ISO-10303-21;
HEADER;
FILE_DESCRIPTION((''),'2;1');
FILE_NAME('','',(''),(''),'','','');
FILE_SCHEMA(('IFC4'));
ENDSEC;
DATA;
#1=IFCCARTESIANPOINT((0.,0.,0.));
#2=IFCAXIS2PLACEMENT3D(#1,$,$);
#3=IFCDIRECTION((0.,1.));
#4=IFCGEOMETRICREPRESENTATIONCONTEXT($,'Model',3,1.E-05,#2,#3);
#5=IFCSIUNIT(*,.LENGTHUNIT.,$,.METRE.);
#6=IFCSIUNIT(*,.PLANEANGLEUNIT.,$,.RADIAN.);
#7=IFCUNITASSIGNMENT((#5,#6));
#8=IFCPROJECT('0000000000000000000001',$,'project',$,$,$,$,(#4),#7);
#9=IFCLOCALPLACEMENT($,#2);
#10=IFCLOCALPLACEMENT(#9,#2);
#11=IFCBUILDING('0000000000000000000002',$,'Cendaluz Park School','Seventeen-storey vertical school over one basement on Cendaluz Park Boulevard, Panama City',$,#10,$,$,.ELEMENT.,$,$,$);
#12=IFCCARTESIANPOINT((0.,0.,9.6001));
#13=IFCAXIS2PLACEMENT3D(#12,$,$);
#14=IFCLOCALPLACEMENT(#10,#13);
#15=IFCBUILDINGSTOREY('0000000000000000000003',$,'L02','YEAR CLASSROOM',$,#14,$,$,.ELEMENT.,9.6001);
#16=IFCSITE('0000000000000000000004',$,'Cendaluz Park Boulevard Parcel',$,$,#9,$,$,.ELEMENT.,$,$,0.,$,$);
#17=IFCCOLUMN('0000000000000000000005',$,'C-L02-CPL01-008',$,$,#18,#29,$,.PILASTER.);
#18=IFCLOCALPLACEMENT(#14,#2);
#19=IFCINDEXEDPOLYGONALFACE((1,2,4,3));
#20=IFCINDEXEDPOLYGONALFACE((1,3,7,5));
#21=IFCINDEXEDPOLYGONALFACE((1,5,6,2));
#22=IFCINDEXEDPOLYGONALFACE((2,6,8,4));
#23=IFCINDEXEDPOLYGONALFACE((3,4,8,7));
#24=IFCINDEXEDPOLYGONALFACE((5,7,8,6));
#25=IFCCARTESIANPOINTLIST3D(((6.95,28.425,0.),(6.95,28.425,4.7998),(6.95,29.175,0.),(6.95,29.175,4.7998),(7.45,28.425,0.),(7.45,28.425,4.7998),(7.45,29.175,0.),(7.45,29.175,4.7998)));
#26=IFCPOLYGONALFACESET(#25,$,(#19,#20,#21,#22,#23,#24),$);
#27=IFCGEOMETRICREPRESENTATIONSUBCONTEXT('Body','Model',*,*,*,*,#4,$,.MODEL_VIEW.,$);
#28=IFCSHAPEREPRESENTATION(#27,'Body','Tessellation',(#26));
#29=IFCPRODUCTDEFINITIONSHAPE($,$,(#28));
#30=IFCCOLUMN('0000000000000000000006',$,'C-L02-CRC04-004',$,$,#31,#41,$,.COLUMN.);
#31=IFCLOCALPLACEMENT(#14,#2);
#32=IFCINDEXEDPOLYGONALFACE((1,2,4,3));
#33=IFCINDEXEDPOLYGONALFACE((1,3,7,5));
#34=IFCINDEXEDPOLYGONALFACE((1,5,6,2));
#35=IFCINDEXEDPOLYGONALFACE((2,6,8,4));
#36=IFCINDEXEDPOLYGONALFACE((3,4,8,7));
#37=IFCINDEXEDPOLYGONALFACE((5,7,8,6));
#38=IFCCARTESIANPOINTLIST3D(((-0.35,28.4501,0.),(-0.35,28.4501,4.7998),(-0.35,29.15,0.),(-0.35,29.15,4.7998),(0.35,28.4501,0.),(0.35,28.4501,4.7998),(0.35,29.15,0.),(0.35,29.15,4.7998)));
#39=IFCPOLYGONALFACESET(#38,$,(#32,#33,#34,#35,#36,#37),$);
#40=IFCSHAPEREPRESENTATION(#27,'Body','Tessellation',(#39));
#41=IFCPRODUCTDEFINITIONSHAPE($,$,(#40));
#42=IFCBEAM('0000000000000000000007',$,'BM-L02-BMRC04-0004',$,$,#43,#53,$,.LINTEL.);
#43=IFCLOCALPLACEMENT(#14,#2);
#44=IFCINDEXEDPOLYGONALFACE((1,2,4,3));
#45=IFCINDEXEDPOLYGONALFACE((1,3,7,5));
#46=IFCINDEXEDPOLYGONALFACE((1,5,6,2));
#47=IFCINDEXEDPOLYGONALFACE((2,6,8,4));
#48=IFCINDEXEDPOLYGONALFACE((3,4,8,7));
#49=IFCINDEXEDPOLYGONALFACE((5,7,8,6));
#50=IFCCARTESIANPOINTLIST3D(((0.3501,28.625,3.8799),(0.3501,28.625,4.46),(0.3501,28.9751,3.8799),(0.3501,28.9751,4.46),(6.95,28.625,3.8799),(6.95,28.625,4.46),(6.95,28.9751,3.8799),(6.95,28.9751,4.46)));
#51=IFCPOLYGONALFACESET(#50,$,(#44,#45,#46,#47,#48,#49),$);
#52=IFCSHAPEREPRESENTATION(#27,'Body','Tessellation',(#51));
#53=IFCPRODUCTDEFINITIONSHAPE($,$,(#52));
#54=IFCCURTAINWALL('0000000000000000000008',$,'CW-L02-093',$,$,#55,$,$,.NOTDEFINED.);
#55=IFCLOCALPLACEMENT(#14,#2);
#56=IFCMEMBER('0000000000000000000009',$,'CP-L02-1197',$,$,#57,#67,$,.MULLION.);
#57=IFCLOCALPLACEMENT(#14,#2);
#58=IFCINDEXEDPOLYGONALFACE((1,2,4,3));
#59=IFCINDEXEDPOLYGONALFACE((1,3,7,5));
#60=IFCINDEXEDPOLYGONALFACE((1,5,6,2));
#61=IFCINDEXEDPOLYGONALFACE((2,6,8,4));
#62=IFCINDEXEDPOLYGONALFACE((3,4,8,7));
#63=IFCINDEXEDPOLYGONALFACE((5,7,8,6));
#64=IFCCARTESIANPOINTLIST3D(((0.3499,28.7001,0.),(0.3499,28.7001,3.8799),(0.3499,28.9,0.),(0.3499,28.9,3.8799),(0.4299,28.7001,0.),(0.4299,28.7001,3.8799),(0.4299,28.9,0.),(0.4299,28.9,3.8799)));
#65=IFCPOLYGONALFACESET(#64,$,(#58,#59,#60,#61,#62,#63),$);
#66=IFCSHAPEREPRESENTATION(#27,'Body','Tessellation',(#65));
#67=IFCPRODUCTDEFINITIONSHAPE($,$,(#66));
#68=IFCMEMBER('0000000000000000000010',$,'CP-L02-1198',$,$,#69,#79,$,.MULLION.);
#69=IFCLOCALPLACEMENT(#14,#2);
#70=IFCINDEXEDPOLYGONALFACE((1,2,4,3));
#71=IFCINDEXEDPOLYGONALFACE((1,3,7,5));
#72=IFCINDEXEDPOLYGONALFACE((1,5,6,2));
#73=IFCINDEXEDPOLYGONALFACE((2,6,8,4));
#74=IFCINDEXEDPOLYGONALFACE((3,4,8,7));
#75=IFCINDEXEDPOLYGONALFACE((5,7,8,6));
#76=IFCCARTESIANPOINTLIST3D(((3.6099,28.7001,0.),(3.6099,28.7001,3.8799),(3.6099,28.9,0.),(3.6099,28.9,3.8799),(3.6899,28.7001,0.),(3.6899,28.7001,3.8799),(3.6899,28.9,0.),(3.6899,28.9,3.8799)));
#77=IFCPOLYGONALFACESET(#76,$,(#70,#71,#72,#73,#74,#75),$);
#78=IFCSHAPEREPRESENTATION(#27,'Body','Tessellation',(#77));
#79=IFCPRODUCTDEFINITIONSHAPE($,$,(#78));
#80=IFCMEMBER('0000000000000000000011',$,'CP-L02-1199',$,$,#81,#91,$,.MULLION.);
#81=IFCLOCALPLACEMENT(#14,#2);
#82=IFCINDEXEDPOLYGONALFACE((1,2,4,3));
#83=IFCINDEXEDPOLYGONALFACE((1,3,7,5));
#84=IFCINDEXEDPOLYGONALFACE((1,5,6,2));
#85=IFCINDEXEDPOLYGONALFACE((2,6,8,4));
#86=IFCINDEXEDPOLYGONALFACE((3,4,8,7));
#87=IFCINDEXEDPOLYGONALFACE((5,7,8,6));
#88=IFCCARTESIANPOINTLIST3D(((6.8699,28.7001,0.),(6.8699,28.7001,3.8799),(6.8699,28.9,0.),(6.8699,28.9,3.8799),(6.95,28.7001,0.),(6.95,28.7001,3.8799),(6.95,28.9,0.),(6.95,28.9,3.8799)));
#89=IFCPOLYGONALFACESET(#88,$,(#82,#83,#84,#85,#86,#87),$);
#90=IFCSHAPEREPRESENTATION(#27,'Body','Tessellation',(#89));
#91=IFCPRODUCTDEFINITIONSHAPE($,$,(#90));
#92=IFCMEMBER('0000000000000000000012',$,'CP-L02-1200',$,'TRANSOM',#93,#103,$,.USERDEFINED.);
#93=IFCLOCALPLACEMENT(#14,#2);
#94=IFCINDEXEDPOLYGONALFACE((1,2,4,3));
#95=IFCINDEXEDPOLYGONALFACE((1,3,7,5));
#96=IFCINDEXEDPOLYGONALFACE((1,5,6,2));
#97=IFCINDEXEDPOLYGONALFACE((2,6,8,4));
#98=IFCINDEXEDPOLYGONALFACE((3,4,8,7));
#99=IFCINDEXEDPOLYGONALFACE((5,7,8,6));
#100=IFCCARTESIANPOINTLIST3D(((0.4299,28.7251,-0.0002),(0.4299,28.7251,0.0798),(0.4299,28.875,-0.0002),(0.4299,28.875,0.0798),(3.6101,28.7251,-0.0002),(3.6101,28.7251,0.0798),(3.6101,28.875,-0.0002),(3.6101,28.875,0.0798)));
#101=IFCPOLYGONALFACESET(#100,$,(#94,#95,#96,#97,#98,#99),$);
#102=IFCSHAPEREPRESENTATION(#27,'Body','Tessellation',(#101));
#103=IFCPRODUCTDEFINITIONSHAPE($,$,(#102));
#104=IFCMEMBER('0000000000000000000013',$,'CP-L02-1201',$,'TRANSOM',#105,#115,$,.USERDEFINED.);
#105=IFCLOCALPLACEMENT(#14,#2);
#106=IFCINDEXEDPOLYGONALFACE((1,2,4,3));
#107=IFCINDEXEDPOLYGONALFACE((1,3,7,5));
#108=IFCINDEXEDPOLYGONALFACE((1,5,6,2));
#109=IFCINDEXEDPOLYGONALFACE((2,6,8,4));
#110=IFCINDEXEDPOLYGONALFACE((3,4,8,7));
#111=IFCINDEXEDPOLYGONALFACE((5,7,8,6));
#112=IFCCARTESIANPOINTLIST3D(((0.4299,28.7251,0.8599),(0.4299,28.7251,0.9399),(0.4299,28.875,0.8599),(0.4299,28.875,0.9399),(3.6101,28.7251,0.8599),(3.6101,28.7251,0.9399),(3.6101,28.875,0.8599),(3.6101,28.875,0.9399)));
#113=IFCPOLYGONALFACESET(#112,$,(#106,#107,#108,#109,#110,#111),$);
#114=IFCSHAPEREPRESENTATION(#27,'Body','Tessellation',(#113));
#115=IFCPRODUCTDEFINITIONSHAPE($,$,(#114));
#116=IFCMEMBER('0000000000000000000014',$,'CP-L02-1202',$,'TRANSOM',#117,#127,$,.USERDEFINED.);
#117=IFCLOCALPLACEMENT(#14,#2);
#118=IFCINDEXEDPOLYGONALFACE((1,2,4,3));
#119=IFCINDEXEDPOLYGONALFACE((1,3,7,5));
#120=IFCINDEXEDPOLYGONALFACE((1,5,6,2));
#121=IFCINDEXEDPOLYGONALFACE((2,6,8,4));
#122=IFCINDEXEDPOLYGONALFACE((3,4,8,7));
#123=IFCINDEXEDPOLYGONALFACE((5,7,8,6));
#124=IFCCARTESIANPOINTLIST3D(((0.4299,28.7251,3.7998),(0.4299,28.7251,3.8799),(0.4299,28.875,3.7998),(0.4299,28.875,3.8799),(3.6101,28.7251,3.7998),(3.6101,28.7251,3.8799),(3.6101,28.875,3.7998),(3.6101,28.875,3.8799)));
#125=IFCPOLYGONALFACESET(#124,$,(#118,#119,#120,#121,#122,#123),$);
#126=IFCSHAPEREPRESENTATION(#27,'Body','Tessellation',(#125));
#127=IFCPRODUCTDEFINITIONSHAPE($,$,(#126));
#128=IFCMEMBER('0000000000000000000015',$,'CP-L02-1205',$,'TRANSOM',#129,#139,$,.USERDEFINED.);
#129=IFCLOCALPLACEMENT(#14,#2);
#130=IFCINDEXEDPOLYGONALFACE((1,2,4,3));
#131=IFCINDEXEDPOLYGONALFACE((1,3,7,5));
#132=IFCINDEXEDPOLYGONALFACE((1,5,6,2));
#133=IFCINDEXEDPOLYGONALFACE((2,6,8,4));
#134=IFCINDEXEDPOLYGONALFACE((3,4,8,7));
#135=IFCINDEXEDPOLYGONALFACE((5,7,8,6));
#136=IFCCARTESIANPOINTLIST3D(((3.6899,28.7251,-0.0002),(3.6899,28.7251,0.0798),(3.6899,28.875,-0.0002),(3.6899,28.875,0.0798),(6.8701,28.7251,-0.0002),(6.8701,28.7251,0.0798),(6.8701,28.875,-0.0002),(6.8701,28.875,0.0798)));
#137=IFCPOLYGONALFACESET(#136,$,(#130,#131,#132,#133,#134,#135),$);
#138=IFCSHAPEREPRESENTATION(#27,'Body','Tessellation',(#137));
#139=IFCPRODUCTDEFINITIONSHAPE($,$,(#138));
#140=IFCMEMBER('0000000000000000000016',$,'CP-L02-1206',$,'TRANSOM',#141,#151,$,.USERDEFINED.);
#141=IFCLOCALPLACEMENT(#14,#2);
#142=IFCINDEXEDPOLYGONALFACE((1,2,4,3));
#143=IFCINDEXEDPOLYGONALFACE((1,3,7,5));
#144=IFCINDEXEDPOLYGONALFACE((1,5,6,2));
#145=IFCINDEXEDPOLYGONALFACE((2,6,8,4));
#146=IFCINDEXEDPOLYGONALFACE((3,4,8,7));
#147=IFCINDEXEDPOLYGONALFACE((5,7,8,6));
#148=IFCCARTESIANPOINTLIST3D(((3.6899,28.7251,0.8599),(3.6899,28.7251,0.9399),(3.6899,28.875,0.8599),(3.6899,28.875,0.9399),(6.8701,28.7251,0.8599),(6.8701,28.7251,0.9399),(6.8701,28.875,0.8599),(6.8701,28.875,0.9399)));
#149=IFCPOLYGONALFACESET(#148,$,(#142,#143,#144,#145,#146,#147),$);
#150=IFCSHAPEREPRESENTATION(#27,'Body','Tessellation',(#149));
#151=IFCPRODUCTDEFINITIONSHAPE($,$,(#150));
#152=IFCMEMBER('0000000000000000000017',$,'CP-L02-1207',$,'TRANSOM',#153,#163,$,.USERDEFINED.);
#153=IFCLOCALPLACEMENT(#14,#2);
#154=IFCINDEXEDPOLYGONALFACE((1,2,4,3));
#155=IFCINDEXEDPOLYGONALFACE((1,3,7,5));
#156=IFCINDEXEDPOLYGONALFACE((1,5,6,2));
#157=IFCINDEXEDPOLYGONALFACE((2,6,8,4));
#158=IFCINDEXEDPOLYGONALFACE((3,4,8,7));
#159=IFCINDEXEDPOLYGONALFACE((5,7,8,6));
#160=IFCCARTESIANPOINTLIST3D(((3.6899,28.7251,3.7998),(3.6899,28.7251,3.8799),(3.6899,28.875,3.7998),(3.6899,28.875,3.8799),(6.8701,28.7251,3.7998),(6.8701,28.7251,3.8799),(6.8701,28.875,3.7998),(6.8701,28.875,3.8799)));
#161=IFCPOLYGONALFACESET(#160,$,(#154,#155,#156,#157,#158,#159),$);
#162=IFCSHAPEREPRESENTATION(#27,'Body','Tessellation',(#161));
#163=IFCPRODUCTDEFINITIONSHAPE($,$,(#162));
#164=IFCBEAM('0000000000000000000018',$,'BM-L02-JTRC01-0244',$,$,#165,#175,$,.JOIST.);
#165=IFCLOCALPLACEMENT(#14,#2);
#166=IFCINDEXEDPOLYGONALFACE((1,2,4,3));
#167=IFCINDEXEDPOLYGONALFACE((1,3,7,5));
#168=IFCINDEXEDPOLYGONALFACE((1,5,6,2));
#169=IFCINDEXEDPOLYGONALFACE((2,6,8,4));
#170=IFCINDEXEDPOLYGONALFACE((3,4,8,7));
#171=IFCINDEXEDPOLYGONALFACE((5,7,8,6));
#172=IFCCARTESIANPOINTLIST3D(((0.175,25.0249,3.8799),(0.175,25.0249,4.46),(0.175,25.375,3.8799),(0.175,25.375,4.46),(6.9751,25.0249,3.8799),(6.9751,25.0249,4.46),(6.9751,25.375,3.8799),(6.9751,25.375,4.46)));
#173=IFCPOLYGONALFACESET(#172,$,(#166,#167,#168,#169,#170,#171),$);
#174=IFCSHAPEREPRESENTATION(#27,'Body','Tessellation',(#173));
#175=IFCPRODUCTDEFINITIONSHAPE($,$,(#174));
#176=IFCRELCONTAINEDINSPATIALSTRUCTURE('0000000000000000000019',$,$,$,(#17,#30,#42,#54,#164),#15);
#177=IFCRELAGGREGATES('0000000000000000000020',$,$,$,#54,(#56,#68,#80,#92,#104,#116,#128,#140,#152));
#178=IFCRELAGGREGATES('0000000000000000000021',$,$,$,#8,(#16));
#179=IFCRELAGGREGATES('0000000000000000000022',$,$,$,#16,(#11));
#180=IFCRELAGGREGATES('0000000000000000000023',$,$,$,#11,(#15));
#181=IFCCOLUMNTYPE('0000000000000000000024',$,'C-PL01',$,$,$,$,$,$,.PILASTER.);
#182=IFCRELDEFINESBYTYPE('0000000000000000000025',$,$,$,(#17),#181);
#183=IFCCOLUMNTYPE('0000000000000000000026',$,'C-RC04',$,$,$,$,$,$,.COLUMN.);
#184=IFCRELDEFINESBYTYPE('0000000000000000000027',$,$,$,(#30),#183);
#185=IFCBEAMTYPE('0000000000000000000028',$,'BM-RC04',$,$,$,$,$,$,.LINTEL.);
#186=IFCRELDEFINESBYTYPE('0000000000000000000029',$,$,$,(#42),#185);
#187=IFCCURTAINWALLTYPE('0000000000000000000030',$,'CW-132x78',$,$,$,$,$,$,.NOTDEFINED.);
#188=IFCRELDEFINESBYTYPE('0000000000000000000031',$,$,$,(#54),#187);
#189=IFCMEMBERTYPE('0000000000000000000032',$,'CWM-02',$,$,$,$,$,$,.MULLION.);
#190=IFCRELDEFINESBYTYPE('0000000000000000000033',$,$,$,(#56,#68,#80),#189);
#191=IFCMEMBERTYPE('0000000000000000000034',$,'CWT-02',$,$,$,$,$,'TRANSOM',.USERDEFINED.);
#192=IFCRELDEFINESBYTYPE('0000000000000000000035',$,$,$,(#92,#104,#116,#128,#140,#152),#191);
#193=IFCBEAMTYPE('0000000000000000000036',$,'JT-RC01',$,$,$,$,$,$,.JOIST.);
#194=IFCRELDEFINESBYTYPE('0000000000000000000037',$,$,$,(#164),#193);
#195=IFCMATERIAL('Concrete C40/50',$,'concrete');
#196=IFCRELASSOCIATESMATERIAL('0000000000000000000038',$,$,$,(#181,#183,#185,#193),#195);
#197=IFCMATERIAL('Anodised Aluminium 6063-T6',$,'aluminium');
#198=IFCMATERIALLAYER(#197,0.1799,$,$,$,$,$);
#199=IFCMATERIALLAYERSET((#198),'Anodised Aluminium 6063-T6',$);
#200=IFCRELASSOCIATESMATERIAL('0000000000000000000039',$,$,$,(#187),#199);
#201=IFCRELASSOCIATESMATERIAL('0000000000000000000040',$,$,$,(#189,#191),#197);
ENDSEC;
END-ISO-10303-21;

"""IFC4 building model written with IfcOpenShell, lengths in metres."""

from ifc_helpers import new_model, si_unit, direction, frame, origin, origin_2d, place, context, subcontext, project, spatial, rectangle, extrude, material, layer, layer_set, material_profile, profile_set, type_object, element, aggregate, save


model = new_model("IFC4")

# Units and contexts
model_context = context("Model", 3, precision=1e-05, world=origin(), true_north=direction((0.0, 1.0)))
body_context = subcontext(model_context, "Body", "Model", "MODEL_VIEW")
ifc_project = project(units=[si_unit("LENGTHUNIT", "METRE"), si_unit("PLANEANGLEUNIT", "RADIAN")], contexts=[model_context])

# Site, building, storey
site_placement = place(None, origin())
site = spatial("IfcSite", under=ifc_project, at=site_placement, Name="Cendaluz Park Boulevard Parcel", CompositionType="ELEMENT", RefElevation=0.0)
building_placement = place(site_placement, origin())
building = spatial("IfcBuilding", under=site, at=building_placement, Name="Cendaluz Park School", Description="Seventeen-storey vertical school over one basement on Cendaluz Park Boulevard, Panama City", CompositionType="ELEMENT")
storey_placement = place(building_placement, frame((0.0, 0.0, 9.6001)))
storey = spatial("IfcBuildingStorey", under=building, at=storey_placement, Name="L02", Description="YEAR CLASSROOM", CompositionType="ELEMENT", Elevation=9.6001)

# Columns
ifc_material_1 = material(Name="Concrete C40/50", Category="concrete")
ifc_material_profile_1 = material_profile(ifc_material_1, rectangle(XDim=0.5, YDim=0.75, at=origin_2d()), Name="RC 500x750", Category="concrete")
ifc_profile_set_1 = profile_set([ifc_material_profile_1], Name="Concrete C40/50")
column_type_1 = type_object("IfcColumnType", Name="C-PL01", PredefinedType="PILASTER", material=ifc_profile_set_1)
column_1_placement = place(storey_placement, frame((7.2, 28.8, 0.0), z_axis=(0.0, 0.0, 1.0), x_axis=(1.0, 0.0, 0.0)))
element("IfcColumn", 1, at=column_1_placement, inside=storey, type_object=column_type_1, Name="C-L02-CPL01-008", PredefinedType="PILASTER", context=body_context, shape_type="SweptSolid", body=[
    extrude(rectangle(XDim=0.5, YDim=0.75, at=origin_2d()), origin(), (0.0, 0.0, 1.0), 4.7998),
])
ifc_material_profile_2 = material_profile(ifc_material_1, rectangle(XDim=0.7, YDim=0.7, at=origin_2d()), Name="RC 700x700", Category="concrete")
ifc_profile_set_2 = profile_set([ifc_material_profile_2], Name="Concrete C40/50")
column_type_2 = type_object("IfcColumnType", Name="C-RC04", PredefinedType="COLUMN", material=ifc_profile_set_2)
column_2_placement = place(storey_placement, frame((0.0, 28.8, 0.0), z_axis=(0.0, 0.0, 1.0), x_axis=(1.0, 0.0, 0.0)))
element("IfcColumn", 2, at=column_2_placement, inside=storey, type_object=column_type_2, Name="C-L02-CRC04-004", PredefinedType="COLUMN", context=body_context, shape_type="SweptSolid", body=[
    extrude(rectangle(XDim=0.7, YDim=0.7, at=origin_2d()), origin(), (0.0, 0.0, 1.0), 4.7998),
])

# Beam
ifc_material_profile_3 = material_profile(ifc_material_1, rectangle(XDim=0.3501, YDim=0.5801, at=origin_2d()), Name="RC 350x580", Category="concrete")
ifc_profile_set_3 = profile_set([ifc_material_profile_3], Name="Concrete C40/50")
beam_type_1 = type_object("IfcBeamType", Name="BM-RC04", PredefinedType="LINTEL", material=ifc_profile_set_3)
beam_1_placement = place(storey_placement, frame((0.3501, 28.8, 4.1699), z_axis=(1.0, 0.0, 0.0), x_axis=(0.0, 1.0, 0.0)))
element("IfcBeam", 3, at=beam_1_placement, inside=storey, type_object=beam_type_1, Name="BM-L02-BMRC04-0004", PredefinedType="LINTEL", context=body_context, shape_type="SweptSolid", body=[
    extrude(rectangle(XDim=0.3501, YDim=0.5801, at=origin_2d()), origin(), (0.0, 0.0, 1.0), 6.5999),
])

# Curtain wall, members
ifc_material_2 = material(Name="Anodised Aluminium 6063-T6", Category="aluminium")
ifc_layer_1 = layer(ifc_material_2, 0.1799)
ifc_layer_set_1 = layer_set([ifc_layer_1], Name="Anodised Aluminium 6063-T6")
curtain_wall_type = type_object("IfcCurtainWallType", Name="CW-132x78", PredefinedType="NOTDEFINED", material=ifc_layer_set_1)
curtain_wall_placement = place(storey_placement, origin())
curtain_wall = element("IfcCurtainWall", 4, at=curtain_wall_placement, inside=storey, type_object=curtain_wall_type, Name="CW-L02-093", PredefinedType="NOTDEFINED")
ifc_material_profile_4 = material_profile(ifc_material_2, rectangle(XDim=0.2, YDim=0.0801, at=origin_2d()), Name="CWM 200x80", Category="aluminium")
ifc_profile_set_4 = profile_set([ifc_material_profile_4], Name="Anodised Aluminium 6063-T6")
member_type_1 = type_object("IfcMemberType", Name="CWM-02", PredefinedType="MULLION", material=ifc_profile_set_4)
member_1_placement = place(storey_placement, frame((0.3899, 28.8, 0.0), z_axis=(0.0, 0.0, 1.0), x_axis=(0.0, 1.0, 0.0)))
member_1 = element("IfcMember", 5, at=member_1_placement, type_object=member_type_1, Name="CP-L02-1197", PredefinedType="MULLION", context=body_context, shape_type="SweptSolid", body=[
    extrude(rectangle(XDim=0.2, YDim=0.0801, at=origin_2d()), origin(), (0.0, 0.0, 1.0), 3.8799),
])
member_2_placement = place(storey_placement, frame((3.6499, 28.8, 0.0), z_axis=(0.0, 0.0, 1.0), x_axis=(0.0, 1.0, 0.0)))
member_2 = element("IfcMember", 6, at=member_2_placement, type_object=member_type_1, Name="CP-L02-1198", PredefinedType="MULLION", context=body_context, shape_type="SweptSolid", body=[
    extrude(rectangle(XDim=0.2, YDim=0.0801, at=origin_2d()), origin(), (0.0, 0.0, 1.0), 3.8799),
])
member_3_placement = place(storey_placement, frame((6.9099, 28.8, 0.0), z_axis=(0.0, 0.0, 1.0), x_axis=(0.0, 1.0, 0.0)))
member_3 = element("IfcMember", 7, at=member_3_placement, type_object=member_type_1, Name="CP-L02-1199", PredefinedType="MULLION", context=body_context, shape_type="SweptSolid", body=[
    extrude(rectangle(XDim=0.2, YDim=0.0801, at=origin_2d()), origin(), (0.0, 0.0, 1.0), 3.8799),
])
ifc_material_profile_5 = material_profile(ifc_material_2, rectangle(XDim=0.1499, YDim=0.0801, at=origin_2d()), Name="CWT 150x80", Category="aluminium")
ifc_profile_set_5 = profile_set([ifc_material_profile_5], Name="Anodised Aluminium 6063-T6")
member_type_2 = type_object("IfcMemberType", Name="CWT-02", ElementType="TRANSOM", PredefinedType="USERDEFINED", material=ifc_profile_set_5)
member_4_placement = place(storey_placement, frame((0.4299, 28.8, 0.0398), z_axis=(1.0, 0.0, 0.0), x_axis=(0.0, 1.0, 0.0)))
member_4 = element("IfcMember", 8, at=member_4_placement, type_object=member_type_2, Name="CP-L02-1200", ObjectType="TRANSOM", PredefinedType="USERDEFINED", context=body_context, shape_type="SweptSolid", body=[
    extrude(rectangle(XDim=0.1499, YDim=0.0801, at=origin_2d()), origin(), (0.0, 0.0, 1.0), 3.1802),
])
member_5_placement = place(storey_placement, frame((0.4299, 28.8, 0.8999), z_axis=(1.0, 0.0, 0.0), x_axis=(0.0, 1.0, 0.0)))
member_5 = element("IfcMember", 9, at=member_5_placement, type_object=member_type_2, Name="CP-L02-1201", ObjectType="TRANSOM", PredefinedType="USERDEFINED", context=body_context, shape_type="SweptSolid", body=[
    extrude(rectangle(XDim=0.1499, YDim=0.0801, at=origin_2d()), origin(), (0.0, 0.0, 1.0), 3.1802),
])
member_6_placement = place(storey_placement, frame((0.4299, 28.8, 3.8398), z_axis=(1.0, 0.0, 0.0), x_axis=(0.0, 1.0, 0.0)))
member_6 = element("IfcMember", 10, at=member_6_placement, type_object=member_type_2, Name="CP-L02-1202", ObjectType="TRANSOM", PredefinedType="USERDEFINED", context=body_context, shape_type="SweptSolid", body=[
    extrude(rectangle(XDim=0.1499, YDim=0.0801, at=origin_2d()), origin(), (0.0, 0.0, 1.0), 3.1802),
])
member_7_placement = place(storey_placement, frame((3.6899, 28.8, 0.0398), z_axis=(1.0, 0.0, 0.0), x_axis=(0.0, 1.0, 0.0)))
member_7 = element("IfcMember", 11, at=member_7_placement, type_object=member_type_2, Name="CP-L02-1205", ObjectType="TRANSOM", PredefinedType="USERDEFINED", context=body_context, shape_type="SweptSolid", body=[
    extrude(rectangle(XDim=0.1499, YDim=0.0801, at=origin_2d()), origin(), (0.0, 0.0, 1.0), 3.1802),
])
member_8_placement = place(storey_placement, frame((3.6899, 28.8, 0.8999), z_axis=(1.0, 0.0, 0.0), x_axis=(0.0, 1.0, 0.0)))
member_8 = element("IfcMember", 12, at=member_8_placement, type_object=member_type_2, Name="CP-L02-1206", ObjectType="TRANSOM", PredefinedType="USERDEFINED", context=body_context, shape_type="SweptSolid", body=[
    extrude(rectangle(XDim=0.1499, YDim=0.0801, at=origin_2d()), origin(), (0.0, 0.0, 1.0), 3.1802),
])
member_9_placement = place(storey_placement, frame((3.6899, 28.8, 3.8398), z_axis=(1.0, 0.0, 0.0), x_axis=(0.0, 1.0, 0.0)))
member_9 = element("IfcMember", 13, at=member_9_placement, type_object=member_type_2, Name="CP-L02-1207", ObjectType="TRANSOM", PredefinedType="USERDEFINED", context=body_context, shape_type="SweptSolid", body=[
    extrude(rectangle(XDim=0.1499, YDim=0.0801, at=origin_2d()), origin(), (0.0, 0.0, 1.0), 3.1802),
])

# Beam
ifc_material_profile_6 = material_profile(ifc_material_1, rectangle(XDim=0.3501, YDim=0.5801, at=origin_2d()), Name="RC 350x580", Category="concrete")
ifc_profile_set_6 = profile_set([ifc_material_profile_6], Name="Concrete C40/50")
beam_type_2 = type_object("IfcBeamType", Name="JT-RC01", PredefinedType="JOIST", material=ifc_profile_set_6)
beam_2_placement = place(storey_placement, frame((0.175, 25.2, 4.1699), z_axis=(1.0, 0.0, 0.0), x_axis=(0.0, 1.0, 0.0)))
element("IfcBeam", 14, at=beam_2_placement, inside=storey, type_object=beam_type_2, Name="BM-L02-JTRC01-0244", PredefinedType="JOIST", context=body_context, shape_type="SweptSolid", body=[
    extrude(rectangle(XDim=0.3501, YDim=0.5801, at=origin_2d()), origin(), (0.0, 0.0, 1.0), 6.8),
])

aggregate(curtain_wall, [member_1, member_2, member_3, member_4, member_5, member_6, member_7, member_8, member_9])

save(model, "model.ifc")
